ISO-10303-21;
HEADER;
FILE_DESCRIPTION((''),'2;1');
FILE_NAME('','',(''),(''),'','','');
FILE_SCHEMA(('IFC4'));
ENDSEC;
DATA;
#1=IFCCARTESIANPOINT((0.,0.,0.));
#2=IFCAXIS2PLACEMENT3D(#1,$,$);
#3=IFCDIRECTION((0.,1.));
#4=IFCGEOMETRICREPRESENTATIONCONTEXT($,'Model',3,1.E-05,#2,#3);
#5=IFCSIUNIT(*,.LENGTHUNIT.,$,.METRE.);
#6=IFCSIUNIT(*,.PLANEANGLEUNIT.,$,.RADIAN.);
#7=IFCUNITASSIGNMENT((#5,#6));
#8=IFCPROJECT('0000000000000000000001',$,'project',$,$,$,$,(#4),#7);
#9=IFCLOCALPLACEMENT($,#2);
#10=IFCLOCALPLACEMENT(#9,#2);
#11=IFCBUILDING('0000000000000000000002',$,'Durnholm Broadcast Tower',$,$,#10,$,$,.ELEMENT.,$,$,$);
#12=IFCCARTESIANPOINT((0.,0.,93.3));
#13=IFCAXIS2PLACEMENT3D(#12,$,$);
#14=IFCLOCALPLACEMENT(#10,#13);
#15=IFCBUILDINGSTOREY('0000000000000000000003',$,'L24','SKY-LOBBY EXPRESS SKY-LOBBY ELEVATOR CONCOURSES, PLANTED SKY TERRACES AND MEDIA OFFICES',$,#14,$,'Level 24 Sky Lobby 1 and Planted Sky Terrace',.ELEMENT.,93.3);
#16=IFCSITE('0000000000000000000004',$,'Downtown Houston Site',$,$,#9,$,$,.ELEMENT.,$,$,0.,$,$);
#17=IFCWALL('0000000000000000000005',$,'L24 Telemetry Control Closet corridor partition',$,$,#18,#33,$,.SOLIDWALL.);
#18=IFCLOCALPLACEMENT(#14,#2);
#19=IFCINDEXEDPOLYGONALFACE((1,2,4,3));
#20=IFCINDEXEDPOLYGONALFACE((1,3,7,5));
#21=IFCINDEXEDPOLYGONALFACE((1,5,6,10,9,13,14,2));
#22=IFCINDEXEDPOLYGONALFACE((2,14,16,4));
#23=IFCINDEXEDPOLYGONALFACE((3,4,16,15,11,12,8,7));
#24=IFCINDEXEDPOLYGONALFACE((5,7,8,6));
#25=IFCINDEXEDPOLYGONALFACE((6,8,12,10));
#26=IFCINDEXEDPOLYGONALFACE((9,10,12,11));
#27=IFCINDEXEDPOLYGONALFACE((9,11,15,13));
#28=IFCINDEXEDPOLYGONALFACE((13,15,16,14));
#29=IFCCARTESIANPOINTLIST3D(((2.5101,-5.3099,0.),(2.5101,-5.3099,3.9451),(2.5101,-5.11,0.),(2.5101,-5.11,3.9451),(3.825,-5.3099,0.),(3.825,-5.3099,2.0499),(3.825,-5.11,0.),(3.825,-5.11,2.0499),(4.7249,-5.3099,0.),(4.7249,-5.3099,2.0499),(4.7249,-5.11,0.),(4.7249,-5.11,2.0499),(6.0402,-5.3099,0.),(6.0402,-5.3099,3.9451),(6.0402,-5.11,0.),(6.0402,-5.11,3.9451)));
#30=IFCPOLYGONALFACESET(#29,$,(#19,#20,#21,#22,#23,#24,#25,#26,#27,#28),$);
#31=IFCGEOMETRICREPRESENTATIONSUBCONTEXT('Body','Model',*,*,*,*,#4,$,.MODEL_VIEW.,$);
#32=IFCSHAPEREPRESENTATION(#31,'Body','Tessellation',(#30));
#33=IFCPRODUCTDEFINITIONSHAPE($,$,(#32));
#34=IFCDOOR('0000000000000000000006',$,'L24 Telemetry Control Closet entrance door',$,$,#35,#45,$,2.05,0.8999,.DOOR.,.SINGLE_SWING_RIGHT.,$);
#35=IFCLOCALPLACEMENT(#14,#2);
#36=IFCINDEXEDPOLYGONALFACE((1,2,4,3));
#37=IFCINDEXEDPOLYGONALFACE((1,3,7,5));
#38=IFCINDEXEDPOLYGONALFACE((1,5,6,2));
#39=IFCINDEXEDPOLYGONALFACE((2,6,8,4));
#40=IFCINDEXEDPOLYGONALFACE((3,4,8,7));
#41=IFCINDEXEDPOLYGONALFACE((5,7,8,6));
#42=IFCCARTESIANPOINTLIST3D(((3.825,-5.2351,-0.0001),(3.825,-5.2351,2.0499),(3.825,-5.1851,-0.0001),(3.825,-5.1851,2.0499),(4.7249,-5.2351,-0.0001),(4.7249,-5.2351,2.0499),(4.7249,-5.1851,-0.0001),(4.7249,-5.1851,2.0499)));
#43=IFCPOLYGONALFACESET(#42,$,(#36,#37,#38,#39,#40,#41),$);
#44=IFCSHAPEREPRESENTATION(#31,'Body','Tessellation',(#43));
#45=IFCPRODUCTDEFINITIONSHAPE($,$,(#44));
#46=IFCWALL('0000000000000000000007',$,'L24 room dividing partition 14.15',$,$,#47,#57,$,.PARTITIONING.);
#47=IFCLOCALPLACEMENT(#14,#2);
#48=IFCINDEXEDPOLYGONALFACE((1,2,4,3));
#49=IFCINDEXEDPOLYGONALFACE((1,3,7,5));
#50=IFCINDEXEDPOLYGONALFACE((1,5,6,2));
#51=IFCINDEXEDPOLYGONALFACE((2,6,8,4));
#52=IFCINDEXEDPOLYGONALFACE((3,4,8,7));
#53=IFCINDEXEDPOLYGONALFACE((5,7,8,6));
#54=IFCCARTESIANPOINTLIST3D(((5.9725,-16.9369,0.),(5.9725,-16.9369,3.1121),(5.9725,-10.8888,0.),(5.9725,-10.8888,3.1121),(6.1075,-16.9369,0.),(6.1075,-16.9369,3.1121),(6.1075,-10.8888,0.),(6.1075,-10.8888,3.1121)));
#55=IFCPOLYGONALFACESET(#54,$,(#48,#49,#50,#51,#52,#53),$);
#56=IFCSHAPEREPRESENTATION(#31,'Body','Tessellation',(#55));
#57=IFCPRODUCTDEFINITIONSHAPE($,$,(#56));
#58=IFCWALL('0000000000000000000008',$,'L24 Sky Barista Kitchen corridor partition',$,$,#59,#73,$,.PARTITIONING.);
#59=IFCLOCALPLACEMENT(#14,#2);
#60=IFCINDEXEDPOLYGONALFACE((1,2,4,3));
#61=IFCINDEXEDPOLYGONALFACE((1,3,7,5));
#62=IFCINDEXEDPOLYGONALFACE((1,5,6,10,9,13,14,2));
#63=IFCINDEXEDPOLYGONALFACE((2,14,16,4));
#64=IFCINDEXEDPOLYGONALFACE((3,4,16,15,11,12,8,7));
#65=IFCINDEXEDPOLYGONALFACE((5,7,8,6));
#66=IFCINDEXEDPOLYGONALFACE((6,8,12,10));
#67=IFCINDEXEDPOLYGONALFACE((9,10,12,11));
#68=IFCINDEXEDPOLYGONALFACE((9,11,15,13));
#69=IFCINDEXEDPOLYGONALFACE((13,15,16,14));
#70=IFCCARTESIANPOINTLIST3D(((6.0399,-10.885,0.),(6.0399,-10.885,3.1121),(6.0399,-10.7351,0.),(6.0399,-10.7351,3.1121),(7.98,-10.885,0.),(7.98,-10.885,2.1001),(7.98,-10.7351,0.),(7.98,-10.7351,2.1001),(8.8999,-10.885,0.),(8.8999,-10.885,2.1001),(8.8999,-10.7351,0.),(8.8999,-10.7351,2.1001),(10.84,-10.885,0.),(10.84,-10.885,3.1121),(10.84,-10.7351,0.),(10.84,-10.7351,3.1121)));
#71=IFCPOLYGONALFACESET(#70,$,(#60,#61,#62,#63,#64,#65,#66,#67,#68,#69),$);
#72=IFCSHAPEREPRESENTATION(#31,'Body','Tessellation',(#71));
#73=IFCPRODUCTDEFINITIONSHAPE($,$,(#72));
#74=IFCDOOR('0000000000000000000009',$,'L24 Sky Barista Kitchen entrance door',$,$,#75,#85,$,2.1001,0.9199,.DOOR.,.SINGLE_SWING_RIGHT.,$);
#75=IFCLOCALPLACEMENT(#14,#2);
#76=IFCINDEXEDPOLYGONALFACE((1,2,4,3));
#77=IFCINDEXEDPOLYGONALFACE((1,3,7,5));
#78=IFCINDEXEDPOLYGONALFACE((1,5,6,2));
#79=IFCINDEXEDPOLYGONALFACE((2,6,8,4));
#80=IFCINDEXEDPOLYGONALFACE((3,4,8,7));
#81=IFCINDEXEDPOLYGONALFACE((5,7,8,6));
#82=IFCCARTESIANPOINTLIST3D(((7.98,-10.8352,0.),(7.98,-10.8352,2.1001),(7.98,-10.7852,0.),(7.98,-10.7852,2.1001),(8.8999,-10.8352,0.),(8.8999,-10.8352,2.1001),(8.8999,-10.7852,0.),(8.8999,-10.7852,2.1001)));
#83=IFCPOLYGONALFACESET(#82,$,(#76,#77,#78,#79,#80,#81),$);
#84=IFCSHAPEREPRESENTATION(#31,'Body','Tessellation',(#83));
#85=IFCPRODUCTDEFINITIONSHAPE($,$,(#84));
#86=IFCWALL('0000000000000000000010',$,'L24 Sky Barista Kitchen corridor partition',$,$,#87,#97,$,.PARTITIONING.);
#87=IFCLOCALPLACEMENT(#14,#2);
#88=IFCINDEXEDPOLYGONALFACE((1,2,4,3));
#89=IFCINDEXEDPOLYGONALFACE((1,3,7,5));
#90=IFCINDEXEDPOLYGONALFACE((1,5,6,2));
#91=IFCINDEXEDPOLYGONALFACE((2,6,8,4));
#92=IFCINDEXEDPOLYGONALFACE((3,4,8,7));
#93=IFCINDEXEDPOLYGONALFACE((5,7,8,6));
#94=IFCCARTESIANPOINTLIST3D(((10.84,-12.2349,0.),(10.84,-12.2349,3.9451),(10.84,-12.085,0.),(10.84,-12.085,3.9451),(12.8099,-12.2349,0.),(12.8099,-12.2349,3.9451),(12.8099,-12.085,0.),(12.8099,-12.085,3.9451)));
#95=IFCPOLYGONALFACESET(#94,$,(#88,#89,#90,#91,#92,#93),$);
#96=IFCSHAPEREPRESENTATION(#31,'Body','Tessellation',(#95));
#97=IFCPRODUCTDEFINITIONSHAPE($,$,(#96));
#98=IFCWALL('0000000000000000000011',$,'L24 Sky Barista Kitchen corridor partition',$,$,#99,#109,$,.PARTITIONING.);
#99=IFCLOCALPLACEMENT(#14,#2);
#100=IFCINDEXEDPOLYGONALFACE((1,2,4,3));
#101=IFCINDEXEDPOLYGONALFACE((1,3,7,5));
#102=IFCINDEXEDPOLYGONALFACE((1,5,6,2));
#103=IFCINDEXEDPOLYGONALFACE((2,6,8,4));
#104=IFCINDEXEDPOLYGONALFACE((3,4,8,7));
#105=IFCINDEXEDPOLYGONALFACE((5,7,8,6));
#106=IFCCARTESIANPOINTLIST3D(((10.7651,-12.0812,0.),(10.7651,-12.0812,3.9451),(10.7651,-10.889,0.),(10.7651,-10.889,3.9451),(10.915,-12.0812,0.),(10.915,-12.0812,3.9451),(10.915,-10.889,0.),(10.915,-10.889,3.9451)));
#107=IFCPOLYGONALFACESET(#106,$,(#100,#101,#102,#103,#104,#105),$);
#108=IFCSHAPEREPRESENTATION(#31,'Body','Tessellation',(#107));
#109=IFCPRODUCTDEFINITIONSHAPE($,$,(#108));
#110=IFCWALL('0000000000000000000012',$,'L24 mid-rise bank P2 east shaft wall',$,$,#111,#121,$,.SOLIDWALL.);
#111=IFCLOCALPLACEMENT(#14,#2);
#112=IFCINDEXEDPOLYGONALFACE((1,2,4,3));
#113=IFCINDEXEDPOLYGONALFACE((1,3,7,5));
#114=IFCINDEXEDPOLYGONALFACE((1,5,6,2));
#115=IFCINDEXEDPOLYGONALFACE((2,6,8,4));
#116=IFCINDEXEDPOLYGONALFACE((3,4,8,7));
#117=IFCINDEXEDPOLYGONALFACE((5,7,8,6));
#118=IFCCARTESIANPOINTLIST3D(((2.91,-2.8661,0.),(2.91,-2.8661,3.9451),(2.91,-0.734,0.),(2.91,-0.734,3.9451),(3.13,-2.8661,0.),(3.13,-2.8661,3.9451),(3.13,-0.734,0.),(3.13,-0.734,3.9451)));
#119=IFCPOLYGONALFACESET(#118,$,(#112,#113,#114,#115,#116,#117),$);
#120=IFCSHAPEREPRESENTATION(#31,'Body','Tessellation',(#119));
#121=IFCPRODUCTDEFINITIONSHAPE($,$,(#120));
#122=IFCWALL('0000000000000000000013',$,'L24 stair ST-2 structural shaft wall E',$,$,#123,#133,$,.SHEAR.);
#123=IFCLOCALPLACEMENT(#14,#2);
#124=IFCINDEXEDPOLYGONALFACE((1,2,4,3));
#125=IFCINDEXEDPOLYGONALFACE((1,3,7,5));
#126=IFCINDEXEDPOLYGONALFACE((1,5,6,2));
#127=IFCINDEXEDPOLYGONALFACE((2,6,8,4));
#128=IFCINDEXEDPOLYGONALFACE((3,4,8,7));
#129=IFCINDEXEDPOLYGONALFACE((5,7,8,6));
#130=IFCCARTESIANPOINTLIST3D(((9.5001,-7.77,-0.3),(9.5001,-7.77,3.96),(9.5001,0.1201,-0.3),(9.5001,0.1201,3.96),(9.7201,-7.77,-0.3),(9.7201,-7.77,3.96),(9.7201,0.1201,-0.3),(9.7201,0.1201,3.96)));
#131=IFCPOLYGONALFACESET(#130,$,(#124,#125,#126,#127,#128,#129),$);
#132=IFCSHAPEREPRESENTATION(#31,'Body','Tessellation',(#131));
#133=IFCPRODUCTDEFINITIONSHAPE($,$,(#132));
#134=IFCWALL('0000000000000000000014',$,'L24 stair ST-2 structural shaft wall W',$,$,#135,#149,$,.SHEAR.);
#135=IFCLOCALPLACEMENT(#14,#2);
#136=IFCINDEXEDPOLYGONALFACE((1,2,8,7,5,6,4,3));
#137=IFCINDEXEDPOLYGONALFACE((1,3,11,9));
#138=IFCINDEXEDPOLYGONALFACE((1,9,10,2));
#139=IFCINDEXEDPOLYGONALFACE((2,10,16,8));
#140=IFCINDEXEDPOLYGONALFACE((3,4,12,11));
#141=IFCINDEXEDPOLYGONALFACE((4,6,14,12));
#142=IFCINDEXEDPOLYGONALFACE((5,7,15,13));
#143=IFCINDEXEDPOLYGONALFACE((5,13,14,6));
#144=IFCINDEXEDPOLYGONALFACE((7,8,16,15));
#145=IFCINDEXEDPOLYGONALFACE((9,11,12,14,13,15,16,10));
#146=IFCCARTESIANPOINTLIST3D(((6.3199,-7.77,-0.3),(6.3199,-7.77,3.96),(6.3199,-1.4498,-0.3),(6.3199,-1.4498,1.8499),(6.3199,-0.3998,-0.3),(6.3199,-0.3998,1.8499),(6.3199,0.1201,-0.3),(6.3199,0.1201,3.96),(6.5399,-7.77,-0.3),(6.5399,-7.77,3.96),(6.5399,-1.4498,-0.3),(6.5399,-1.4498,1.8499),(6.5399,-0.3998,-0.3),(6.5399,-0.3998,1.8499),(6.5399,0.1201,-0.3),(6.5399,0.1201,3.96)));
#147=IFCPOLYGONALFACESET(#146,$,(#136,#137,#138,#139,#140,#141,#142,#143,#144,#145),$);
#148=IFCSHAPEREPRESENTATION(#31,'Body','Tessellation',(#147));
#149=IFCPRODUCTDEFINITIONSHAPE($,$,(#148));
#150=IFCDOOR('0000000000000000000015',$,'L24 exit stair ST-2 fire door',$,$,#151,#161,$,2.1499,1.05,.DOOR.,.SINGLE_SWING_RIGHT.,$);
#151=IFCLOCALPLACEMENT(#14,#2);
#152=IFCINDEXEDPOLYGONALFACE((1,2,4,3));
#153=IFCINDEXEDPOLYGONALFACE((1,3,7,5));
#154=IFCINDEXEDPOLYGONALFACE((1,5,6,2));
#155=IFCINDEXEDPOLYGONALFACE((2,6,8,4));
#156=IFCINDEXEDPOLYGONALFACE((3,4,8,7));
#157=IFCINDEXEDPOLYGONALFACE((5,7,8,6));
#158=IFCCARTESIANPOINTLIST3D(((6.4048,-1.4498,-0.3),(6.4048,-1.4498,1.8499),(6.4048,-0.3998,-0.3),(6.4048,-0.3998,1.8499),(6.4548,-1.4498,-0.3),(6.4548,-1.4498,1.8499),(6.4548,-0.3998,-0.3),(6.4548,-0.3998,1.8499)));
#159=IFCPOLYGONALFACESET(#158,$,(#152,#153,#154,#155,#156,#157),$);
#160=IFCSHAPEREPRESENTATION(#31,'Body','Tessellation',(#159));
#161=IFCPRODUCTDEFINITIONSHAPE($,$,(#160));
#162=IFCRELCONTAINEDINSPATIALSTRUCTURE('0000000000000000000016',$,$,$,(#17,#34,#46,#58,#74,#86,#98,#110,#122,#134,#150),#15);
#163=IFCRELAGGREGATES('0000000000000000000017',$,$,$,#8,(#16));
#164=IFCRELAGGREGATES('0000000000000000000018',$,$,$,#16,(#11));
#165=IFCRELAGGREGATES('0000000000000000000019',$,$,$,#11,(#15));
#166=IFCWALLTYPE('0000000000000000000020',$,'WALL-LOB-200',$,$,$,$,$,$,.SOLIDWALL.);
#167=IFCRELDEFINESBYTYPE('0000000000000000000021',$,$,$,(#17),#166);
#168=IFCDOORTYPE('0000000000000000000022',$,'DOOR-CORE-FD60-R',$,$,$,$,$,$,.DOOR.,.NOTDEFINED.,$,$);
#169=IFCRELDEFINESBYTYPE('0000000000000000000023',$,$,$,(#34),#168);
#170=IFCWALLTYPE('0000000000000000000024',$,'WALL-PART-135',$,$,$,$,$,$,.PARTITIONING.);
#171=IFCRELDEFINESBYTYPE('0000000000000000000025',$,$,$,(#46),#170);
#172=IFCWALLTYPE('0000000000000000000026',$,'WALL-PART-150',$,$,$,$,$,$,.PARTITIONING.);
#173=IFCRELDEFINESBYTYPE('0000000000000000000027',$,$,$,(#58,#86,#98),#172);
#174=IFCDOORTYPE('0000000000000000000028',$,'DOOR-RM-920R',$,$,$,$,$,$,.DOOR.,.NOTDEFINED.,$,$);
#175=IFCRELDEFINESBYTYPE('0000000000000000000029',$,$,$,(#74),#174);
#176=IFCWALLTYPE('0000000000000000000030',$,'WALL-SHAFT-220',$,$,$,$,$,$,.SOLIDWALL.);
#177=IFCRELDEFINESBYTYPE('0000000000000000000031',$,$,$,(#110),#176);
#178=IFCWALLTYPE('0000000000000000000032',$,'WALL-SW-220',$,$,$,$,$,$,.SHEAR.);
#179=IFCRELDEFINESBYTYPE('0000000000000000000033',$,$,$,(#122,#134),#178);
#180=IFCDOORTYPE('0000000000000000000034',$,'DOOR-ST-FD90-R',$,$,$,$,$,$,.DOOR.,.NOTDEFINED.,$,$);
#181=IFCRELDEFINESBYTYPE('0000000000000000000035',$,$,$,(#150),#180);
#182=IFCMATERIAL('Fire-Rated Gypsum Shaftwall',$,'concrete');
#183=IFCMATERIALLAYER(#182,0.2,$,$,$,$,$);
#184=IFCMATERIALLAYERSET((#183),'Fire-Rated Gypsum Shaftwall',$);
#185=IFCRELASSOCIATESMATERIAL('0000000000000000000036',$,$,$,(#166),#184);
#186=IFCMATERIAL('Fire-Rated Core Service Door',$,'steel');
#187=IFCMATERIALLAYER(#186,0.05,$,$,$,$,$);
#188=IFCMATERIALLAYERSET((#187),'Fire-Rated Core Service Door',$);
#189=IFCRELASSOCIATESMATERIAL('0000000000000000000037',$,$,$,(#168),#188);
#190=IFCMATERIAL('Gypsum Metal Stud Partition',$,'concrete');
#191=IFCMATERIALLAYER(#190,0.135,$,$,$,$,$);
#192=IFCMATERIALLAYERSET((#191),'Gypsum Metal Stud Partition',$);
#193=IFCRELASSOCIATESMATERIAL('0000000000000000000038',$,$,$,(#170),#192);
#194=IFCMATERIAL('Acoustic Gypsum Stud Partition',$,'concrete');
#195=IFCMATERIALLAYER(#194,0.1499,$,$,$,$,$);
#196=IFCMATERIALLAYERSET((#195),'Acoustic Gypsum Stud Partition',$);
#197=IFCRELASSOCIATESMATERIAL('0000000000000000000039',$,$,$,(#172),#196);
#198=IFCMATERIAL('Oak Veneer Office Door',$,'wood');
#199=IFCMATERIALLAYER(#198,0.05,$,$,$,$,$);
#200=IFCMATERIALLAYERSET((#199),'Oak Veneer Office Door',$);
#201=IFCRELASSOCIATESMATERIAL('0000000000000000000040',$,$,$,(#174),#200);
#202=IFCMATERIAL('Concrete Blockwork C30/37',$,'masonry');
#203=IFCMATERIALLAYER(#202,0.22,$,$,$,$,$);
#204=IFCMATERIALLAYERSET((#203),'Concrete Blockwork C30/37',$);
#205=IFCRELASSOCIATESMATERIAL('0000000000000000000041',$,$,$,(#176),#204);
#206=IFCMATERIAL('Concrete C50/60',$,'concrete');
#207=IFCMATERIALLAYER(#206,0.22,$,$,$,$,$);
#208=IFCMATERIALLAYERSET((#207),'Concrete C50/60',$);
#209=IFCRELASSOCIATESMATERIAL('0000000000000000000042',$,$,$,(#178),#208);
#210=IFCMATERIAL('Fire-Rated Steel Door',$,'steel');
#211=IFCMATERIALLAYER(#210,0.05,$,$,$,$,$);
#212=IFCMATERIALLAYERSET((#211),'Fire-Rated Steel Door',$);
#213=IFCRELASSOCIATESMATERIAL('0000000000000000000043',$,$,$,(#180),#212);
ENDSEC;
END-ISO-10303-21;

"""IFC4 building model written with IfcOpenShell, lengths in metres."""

from ifc_helpers import new_model, si_unit, direction, frame, frame_2d, origin, place, context, subcontext, project, spatial, rectangle, extrude, source, transform, mapped, material, layer, layer_set, type_object, type_shapes, element, fill, save


model = new_model("IFC4")

# Units and contexts
model_context = context("Model", 3, precision=1e-05, world=origin(), true_north=direction((0.0, 1.0)))
body_context = subcontext(model_context, "Body", "Model", "MODEL_VIEW")
ifc_project = project(units=[si_unit("LENGTHUNIT", "METRE"), si_unit("PLANEANGLEUNIT", "RADIAN")], contexts=[model_context])

# Site, building, storey
site_placement = place(None, origin())
site = spatial("IfcSite", under=ifc_project, at=site_placement, Name="Downtown Houston Site", CompositionType="ELEMENT", RefElevation=0.0)
building_placement = place(site_placement, origin())
building = spatial("IfcBuilding", under=site, at=building_placement, Name="Durnholm Broadcast Tower", CompositionType="ELEMENT")
storey_placement = place(building_placement, frame((0.0, 0.0, 93.3)))
storey = spatial("IfcBuildingStorey", under=building, at=storey_placement, Name="L24", Description="SKY-LOBBY EXPRESS SKY-LOBBY ELEVATOR CONCOURSES, PLANTED SKY TERRACES AND MEDIA OFFICES", LongName="Level 24 Sky Lobby 1 and Planted Sky Terrace", CompositionType="ELEMENT", Elevation=93.3)

# Wall, opening, door
ifc_material_1 = material(Name="Fire-Rated Gypsum Shaftwall", Category="concrete")
ifc_layer_1 = layer(ifc_material_1, 0.2)
ifc_layer_set_1 = layer_set([ifc_layer_1], Name="Fire-Rated Gypsum Shaftwall")
wall_type_1 = type_object("IfcWallType", Name="WALL-LOB-200", PredefinedType="SOLIDWALL", material=ifc_layer_set_1)
wall_1_placement = place(storey_placement, frame((2.51, -5.21, 0.0), z_axis=(0.0, 0.0, 1.0), x_axis=(1.0, 0.0, 0.0)))
wall_1 = element("IfcWall", 1, at=wall_1_placement, inside=storey, type_object=wall_type_1, Name="L24 Telemetry Control Closet corridor partition", PredefinedType="SOLIDWALL", context=body_context, shape_type="SweptSolid", body=[
    extrude(rectangle(XDim=3.53, YDim=0.2, at=frame_2d((1.7651, 0.0))), origin(), (0.0, 0.0, 1.0), 3.9451),
])
opening_1_placement = place(wall_1_placement, frame((1.3149, 0.0, 0.0)))
opening_1 = element("IfcOpeningElement", 2, at=opening_1_placement, cuts=wall_1, PredefinedType="OPENING", context=body_context, shape_type="SweptSolid", body=[
    extrude(rectangle(XDim=0.8999, YDim=2.05, at=frame_2d((0.45, 1.0249))), frame((0.0, 0.1099, 0.0), z_axis=(0.0, -1.0, 0.0), x_axis=(1.0, 0.0, 0.0)), (0.0, 0.0, 1.0), 0.22),
])
ifc_material_2 = material(Name="Fire-Rated Core Service Door", Category="steel")
ifc_layer_2 = layer(ifc_material_2, 0.05)
ifc_layer_set_2 = layer_set([ifc_layer_2], Name="Fire-Rated Core Service Door")
door_type_1 = type_object("IfcDoorType", Name="DOOR-CORE-FD60-R", OperationType="NOTDEFINED", PredefinedType="DOOR", material=ifc_layer_set_2)
shared_shape_1 = source(origin(), body_context, "Body", "SweptSolid", [
    extrude(rectangle(XDim=0.8999, YDim=2.05, at=frame_2d((0.45, 1.0249))), frame((0.0, 0.0249, 0.0), z_axis=(0.0, -1.0, 0.0), x_axis=(1.0, 0.0, 0.0)), (0.0, 0.0, 1.0), 0.05),
])
type_shapes(door_type_1, [shared_shape_1])
door_1_placement = place(opening_1_placement, origin())
door_1 = element("IfcDoor", 3, at=door_1_placement, inside=storey, type_object=door_type_1, Name="L24 Telemetry Control Closet entrance door", OperationType="SINGLE_SWING_RIGHT", OverallHeight=2.05, OverallWidth=0.8999, PredefinedType="DOOR", context=body_context, shape_type="MappedRepresentation", body=[
    mapped(shared_shape_1, transform((0.0, 0.0, 0.0), x_axis=(1.0, 0.0, 0.0), y_axis=(0.0, 1.0, 0.0), z_axis=(0.0, 0.0, 1.0), scale=1.0)),
])
fill(opening_1, door_1)

# Wall
ifc_material_3 = material(Name="Gypsum Metal Stud Partition", Category="concrete")
ifc_layer_3 = layer(ifc_material_3, 0.135)
ifc_layer_set_3 = layer_set([ifc_layer_3], Name="Gypsum Metal Stud Partition")
wall_type_2 = type_object("IfcWallType", Name="WALL-PART-135", PredefinedType="PARTITIONING", material=ifc_layer_set_3)
wall_2_placement = place(storey_placement, frame((6.04, -10.8889, 0.0), z_axis=(0.0, 0.0, 1.0), x_axis=(0.0, -1.0, 0.0)))
element("IfcWall", 4, at=wall_2_placement, inside=storey, type_object=wall_type_2, Name="L24 room dividing partition 14.15", PredefinedType="PARTITIONING", context=body_context, shape_type="SweptSolid", body=[
    extrude(rectangle(XDim=6.0481, YDim=0.135, at=frame_2d((3.0239, 0.0))), origin(), (0.0, 0.0, 1.0), 3.1121),
])

# Wall, opening, door
ifc_material_4 = material(Name="Acoustic Gypsum Stud Partition", Category="concrete")
ifc_layer_4 = layer(ifc_material_4, 0.1499)
ifc_layer_set_4 = layer_set([ifc_layer_4], Name="Acoustic Gypsum Stud Partition")
wall_type_3 = type_object("IfcWallType", Name="WALL-PART-150", PredefinedType="PARTITIONING", material=ifc_layer_set_4)
wall_3_placement = place(storey_placement, frame((6.04, -10.8101, 0.0), z_axis=(0.0, 0.0, 1.0), x_axis=(1.0, 0.0, 0.0)))
wall_3 = element("IfcWall", 5, at=wall_3_placement, inside=storey, type_object=wall_type_3, Name="L24 Sky Barista Kitchen corridor partition", PredefinedType="PARTITIONING", context=body_context, shape_type="SweptSolid", body=[
    extrude(rectangle(XDim=4.8, YDim=0.1499, at=frame_2d((2.3999, 0.0))), origin(), (0.0, 0.0, 1.0), 3.1121),
])
opening_2_placement = place(wall_3_placement, frame((1.9399, 0.0, 0.0)))
opening_2 = element("IfcOpeningElement", 6, at=opening_2_placement, cuts=wall_3, PredefinedType="OPENING", context=body_context, shape_type="SweptSolid", body=[
    extrude(rectangle(XDim=0.9199, YDim=2.1001, at=frame_2d((0.46, 1.05))), frame((0.0, 0.085, 0.0), z_axis=(0.0, -1.0, 0.0), x_axis=(1.0, 0.0, 0.0)), (0.0, 0.0, 1.0), 0.1699),
])
ifc_material_5 = material(Name="Oak Veneer Office Door", Category="wood")
ifc_layer_5 = layer(ifc_material_5, 0.05)
ifc_layer_set_5 = layer_set([ifc_layer_5], Name="Oak Veneer Office Door")
door_type_2 = type_object("IfcDoorType", Name="DOOR-RM-920R", OperationType="NOTDEFINED", PredefinedType="DOOR", material=ifc_layer_set_5)
shared_shape_2 = source(origin(), body_context, "Body", "SweptSolid", [
    extrude(rectangle(XDim=0.9199, YDim=2.1001, at=frame_2d((0.46, 1.05))), frame((0.0, 0.0249, 0.0), z_axis=(0.0, -1.0, 0.0), x_axis=(1.0, 0.0, 0.0)), (0.0, 0.0, 1.0), 0.05),
])
type_shapes(door_type_2, [shared_shape_2])
door_2_placement = place(opening_2_placement, origin())
door_2 = element("IfcDoor", 7, at=door_2_placement, inside=storey, type_object=door_type_2, Name="L24 Sky Barista Kitchen entrance door", OperationType="SINGLE_SWING_RIGHT", OverallHeight=2.1001, OverallWidth=0.9199, PredefinedType="DOOR", context=body_context, shape_type="MappedRepresentation", body=[
    mapped(shared_shape_2, transform((0.0, 0.0, 0.0), x_axis=(1.0, 0.0, 0.0), y_axis=(0.0, 1.0, 0.0), z_axis=(0.0, 0.0, 1.0), scale=1.0)),
])
fill(opening_2, door_2)

# Walls
wall_4_placement = place(storey_placement, frame((10.8401, -12.1599, 0.0), z_axis=(0.0, 0.0, 1.0), x_axis=(1.0, 0.0, 0.0)))
element("IfcWall", 8, at=wall_4_placement, inside=storey, type_object=wall_type_3, Name="L24 Sky Barista Kitchen corridor partition", PredefinedType="PARTITIONING", context=body_context, shape_type="SweptSolid", body=[
    extrude(rectangle(XDim=1.97, YDim=0.1499, at=frame_2d((0.9849, 0.0))), origin(), (0.0, 0.0, 1.0), 3.9451),
])
wall_5_placement = place(storey_placement, frame((10.8401, -10.8889, 0.0), z_axis=(0.0, 0.0, 1.0), x_axis=(0.0, -1.0, 0.0)))
element("IfcWall", 9, at=wall_5_placement, inside=storey, type_object=wall_type_3, Name="L24 Sky Barista Kitchen corridor partition", PredefinedType="PARTITIONING", context=body_context, shape_type="SweptSolid", body=[
    extrude(rectangle(XDim=1.1921, YDim=0.1499, at=frame_2d((0.5962, 0.0))), origin(), (0.0, 0.0, 1.0), 3.9451),
])
ifc_material_6 = material(Name="Concrete Blockwork C30/37", Category="masonry")
ifc_layer_6 = layer(ifc_material_6, 0.22)
ifc_layer_set_6 = layer_set([ifc_layer_6], Name="Concrete Blockwork C30/37")
wall_type_4 = type_object("IfcWallType", Name="WALL-SHAFT-220", PredefinedType="SOLIDWALL", material=ifc_layer_set_6)
wall_6_placement = place(storey_placement, frame((3.02, -2.866, 0.0), z_axis=(0.0, 0.0, 1.0), x_axis=(0.0, 1.0, 0.0)))
element("IfcWall", 10, at=wall_6_placement, inside=storey, type_object=wall_type_4, Name="L24 mid-rise bank P2 east shaft wall", PredefinedType="SOLIDWALL", context=body_context, shape_type="SweptSolid", body=[
    extrude(rectangle(XDim=2.1321, YDim=0.22, at=frame_2d((1.0659, 0.0))), origin(), (0.0, 0.0, 1.0), 3.9451),
])
ifc_material_7 = material(Name="Concrete C50/60", Category="concrete")
ifc_layer_7 = layer(ifc_material_7, 0.22)
ifc_layer_set_7 = layer_set([ifc_layer_7], Name="Concrete C50/60")
wall_type_5 = type_object("IfcWallType", Name="WALL-SW-220", PredefinedType="SHEAR", material=ifc_layer_set_7)
wall_7_placement = place(storey_placement, frame((9.6101, -7.77, -0.3), z_axis=(0.0, 0.0, 1.0), x_axis=(0.0, 1.0, 0.0)))
element("IfcWall", 11, at=wall_7_placement, inside=storey, type_object=wall_type_5, Name="L24 stair ST-2 structural shaft wall E", PredefinedType="SHEAR", context=body_context, shape_type="SweptSolid", body=[
    extrude(rectangle(XDim=7.8901, YDim=0.22, at=frame_2d((3.9451, 0.0))), origin(), (0.0, 0.0, 1.0), 4.26),
])

# Wall, opening, door
wall_8_placement = place(storey_placement, frame((6.4299, 0.1201, -0.3), z_axis=(0.0, 0.0, 1.0), x_axis=(0.0, -1.0, 0.0)))
wall_8 = element("IfcWall", 12, at=wall_8_placement, inside=storey, type_object=wall_type_5, Name="L24 stair ST-2 structural shaft wall W", PredefinedType="SHEAR", context=body_context, shape_type="SweptSolid", body=[
    extrude(rectangle(XDim=7.8901, YDim=0.22, at=frame_2d((3.9451, 0.0))), origin(), (0.0, 0.0, 1.0), 4.26),
])
opening_3_placement = place(wall_8_placement, frame((0.52, 0.0, 0.0)))
opening_3 = element("IfcOpeningElement", 13, at=opening_3_placement, cuts=wall_8, PredefinedType="OPENING", context=body_context, shape_type="SweptSolid", body=[
    extrude(rectangle(XDim=1.05, YDim=2.1499, at=frame_2d((0.5249, 1.075))), frame((0.0, 0.1201, 0.0), z_axis=(0.0, -1.0, 0.0), x_axis=(1.0, 0.0, 0.0)), (0.0, 0.0, 1.0), 0.24),
])
ifc_material_8 = material(Name="Fire-Rated Steel Door", Category="steel")
ifc_layer_8 = layer(ifc_material_8, 0.05)
ifc_layer_set_8 = layer_set([ifc_layer_8], Name="Fire-Rated Steel Door")
door_type_3 = type_object("IfcDoorType", Name="DOOR-ST-FD90-R", OperationType="NOTDEFINED", PredefinedType="DOOR", material=ifc_layer_set_8)
shared_shape_3 = source(origin(), body_context, "Body", "SweptSolid", [
    extrude(rectangle(XDim=1.05, YDim=2.1499, at=frame_2d((0.5249, 1.075))), frame((0.0, 0.0249, 0.0), z_axis=(0.0, -1.0, 0.0), x_axis=(1.0, 0.0, 0.0)), (0.0, 0.0, 1.0), 0.05),
])
type_shapes(door_type_3, [shared_shape_3])
door_3_placement = place(opening_3_placement, origin())
door_3 = element("IfcDoor", 14, at=door_3_placement, inside=storey, type_object=door_type_3, Name="L24 exit stair ST-2 fire door", OperationType="SINGLE_SWING_RIGHT", OverallHeight=2.1499, OverallWidth=1.05, PredefinedType="DOOR", context=body_context, shape_type="MappedRepresentation", body=[
    mapped(shared_shape_3, transform((0.0, 0.0, 0.0), x_axis=(1.0, 0.0, 0.0), y_axis=(0.0, 1.0, 0.0), z_axis=(0.0, 0.0, 1.0), scale=1.0)),
])
fill(opening_3, door_3)

save(model, "model.ifc")
